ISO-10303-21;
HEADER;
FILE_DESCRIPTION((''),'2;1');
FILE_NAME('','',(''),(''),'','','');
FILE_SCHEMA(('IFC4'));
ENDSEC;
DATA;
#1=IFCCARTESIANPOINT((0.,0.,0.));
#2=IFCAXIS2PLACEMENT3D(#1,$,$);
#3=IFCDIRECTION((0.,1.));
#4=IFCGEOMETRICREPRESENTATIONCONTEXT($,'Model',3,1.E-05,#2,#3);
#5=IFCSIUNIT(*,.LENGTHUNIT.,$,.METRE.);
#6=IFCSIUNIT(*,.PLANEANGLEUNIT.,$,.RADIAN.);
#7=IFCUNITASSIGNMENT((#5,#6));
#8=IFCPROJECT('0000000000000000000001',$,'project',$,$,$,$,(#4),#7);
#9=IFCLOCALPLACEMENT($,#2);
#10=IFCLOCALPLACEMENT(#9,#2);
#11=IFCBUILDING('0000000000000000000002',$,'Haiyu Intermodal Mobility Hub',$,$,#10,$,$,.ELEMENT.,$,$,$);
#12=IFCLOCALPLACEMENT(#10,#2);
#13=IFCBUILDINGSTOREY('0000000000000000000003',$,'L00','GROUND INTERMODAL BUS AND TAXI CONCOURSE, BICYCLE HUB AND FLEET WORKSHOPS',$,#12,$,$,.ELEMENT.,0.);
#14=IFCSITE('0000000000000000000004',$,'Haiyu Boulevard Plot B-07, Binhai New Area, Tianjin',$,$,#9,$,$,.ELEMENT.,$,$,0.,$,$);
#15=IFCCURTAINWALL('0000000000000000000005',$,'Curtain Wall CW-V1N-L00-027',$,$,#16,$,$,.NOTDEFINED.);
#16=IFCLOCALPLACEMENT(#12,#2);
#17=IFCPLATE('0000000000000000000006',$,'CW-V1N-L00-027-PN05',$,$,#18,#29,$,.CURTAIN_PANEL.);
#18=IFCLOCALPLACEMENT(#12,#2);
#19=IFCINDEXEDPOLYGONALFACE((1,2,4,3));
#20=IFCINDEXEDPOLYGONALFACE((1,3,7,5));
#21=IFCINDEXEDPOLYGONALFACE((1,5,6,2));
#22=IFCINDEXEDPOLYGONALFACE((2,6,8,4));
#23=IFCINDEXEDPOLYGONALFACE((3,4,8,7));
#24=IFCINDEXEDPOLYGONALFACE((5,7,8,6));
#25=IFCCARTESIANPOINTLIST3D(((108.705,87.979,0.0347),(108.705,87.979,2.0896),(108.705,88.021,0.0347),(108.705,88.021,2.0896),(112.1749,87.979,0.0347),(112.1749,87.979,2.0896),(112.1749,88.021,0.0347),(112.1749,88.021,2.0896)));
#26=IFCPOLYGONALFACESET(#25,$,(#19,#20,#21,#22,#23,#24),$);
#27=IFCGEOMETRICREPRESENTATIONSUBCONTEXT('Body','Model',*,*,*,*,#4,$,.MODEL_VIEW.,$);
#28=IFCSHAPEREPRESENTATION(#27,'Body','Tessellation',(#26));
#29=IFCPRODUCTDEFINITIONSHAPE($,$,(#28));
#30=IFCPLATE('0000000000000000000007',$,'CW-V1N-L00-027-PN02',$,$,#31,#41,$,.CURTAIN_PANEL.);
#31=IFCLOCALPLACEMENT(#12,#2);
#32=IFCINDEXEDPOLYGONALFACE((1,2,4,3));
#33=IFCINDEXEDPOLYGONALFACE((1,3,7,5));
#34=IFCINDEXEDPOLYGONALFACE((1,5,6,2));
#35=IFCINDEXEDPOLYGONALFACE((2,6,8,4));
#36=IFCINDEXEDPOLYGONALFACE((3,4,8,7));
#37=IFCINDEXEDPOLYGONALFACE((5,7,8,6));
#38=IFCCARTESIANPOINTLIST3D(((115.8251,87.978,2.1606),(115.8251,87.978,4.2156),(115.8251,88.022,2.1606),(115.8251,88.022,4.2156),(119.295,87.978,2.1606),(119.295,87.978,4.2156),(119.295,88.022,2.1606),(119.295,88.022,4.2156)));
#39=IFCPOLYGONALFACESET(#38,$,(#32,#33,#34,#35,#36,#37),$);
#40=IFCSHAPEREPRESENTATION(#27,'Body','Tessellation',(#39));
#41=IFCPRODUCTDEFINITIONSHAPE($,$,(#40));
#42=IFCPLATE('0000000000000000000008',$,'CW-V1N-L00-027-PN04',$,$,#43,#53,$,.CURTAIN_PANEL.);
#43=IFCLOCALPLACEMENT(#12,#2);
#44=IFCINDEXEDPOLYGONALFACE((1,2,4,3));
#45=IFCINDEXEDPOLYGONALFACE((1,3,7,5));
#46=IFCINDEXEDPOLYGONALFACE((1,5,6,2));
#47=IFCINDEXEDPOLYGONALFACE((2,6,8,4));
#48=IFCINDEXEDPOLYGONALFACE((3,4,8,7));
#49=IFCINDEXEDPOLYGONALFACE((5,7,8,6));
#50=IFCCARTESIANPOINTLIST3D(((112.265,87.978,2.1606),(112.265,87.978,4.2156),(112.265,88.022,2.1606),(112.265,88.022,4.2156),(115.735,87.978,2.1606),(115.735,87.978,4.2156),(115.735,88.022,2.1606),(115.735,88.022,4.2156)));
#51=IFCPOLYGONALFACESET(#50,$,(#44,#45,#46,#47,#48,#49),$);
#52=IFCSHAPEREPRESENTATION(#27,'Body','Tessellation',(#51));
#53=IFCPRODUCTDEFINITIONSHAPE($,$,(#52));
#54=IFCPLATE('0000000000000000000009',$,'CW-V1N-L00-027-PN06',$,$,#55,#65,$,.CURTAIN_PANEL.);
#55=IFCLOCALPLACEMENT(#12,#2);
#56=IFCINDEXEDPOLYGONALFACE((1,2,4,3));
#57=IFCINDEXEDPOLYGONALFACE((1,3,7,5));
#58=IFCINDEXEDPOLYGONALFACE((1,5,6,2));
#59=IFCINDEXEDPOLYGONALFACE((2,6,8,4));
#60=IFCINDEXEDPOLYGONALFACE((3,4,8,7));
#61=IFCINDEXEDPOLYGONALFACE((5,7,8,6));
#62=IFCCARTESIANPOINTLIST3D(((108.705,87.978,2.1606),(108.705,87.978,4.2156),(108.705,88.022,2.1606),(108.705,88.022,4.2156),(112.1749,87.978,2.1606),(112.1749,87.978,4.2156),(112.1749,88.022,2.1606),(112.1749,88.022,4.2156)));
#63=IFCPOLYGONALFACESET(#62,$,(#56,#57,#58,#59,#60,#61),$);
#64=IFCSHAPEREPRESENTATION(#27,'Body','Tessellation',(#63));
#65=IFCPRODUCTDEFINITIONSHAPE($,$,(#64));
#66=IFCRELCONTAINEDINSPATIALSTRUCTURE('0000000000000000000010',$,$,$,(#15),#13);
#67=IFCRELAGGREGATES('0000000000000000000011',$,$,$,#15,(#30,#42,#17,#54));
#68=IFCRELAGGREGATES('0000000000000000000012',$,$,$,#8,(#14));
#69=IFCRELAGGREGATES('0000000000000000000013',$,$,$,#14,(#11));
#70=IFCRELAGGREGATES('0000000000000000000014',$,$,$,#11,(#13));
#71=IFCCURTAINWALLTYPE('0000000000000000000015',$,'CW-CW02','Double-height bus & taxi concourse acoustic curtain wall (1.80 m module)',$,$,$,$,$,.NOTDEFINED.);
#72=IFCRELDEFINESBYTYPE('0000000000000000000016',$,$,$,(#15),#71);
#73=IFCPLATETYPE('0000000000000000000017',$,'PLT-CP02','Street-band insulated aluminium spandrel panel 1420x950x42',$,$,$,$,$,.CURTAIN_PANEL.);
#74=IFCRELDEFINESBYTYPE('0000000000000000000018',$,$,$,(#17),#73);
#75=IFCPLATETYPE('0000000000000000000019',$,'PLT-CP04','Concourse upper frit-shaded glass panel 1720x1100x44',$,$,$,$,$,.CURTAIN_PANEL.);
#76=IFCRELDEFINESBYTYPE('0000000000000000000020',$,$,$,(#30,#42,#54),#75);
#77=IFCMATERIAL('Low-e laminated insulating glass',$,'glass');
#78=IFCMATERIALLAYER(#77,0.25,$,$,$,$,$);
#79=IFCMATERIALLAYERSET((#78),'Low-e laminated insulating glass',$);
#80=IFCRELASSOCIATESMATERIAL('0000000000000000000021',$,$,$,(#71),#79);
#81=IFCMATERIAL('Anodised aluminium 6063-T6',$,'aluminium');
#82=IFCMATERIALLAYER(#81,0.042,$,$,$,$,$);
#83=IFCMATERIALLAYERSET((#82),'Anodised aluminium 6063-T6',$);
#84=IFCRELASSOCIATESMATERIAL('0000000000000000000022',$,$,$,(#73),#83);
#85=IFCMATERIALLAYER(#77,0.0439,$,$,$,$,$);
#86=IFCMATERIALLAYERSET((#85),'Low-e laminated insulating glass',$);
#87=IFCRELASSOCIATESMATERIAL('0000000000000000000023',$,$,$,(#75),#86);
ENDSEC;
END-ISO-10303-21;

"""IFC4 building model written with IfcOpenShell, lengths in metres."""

from ifc_helpers import new_model, si_unit, direction, frame, origin, origin_2d, place, context, subcontext, project, spatial, rectangle, extrude, material, layer, layer_set, type_object, element, aggregate, save


model = new_model("IFC4")

# Units and contexts
model_context = context("Model", 3, precision=1e-05, world=origin(), true_north=direction((0.0, 1.0)))
body_context = subcontext(model_context, "Body", "Model", "MODEL_VIEW")
ifc_project = project(units=[si_unit("LENGTHUNIT", "METRE"), si_unit("PLANEANGLEUNIT", "RADIAN")], contexts=[model_context])

# Site, building, storey
site_placement = place(None, origin())
site = spatial("IfcSite", under=ifc_project, at=site_placement, Name="Haiyu Boulevard Plot B-07, Binhai New Area, Tianjin", CompositionType="ELEMENT", RefElevation=0.0)
building_placement = place(site_placement, origin())
building = spatial("IfcBuilding", under=site, at=building_placement, Name="Haiyu Intermodal Mobility Hub", CompositionType="ELEMENT")
storey_placement = place(building_placement, origin())
storey = spatial("IfcBuildingStorey", under=building, at=storey_placement, Name="L00", Description="GROUND INTERMODAL BUS AND TAXI CONCOURSE, BICYCLE HUB AND FLEET WORKSHOPS", CompositionType="ELEMENT", Elevation=0.0)

# Curtain wall, plates
ifc_material_1 = material(Name="Low-e laminated insulating glass", Category="glass")
ifc_layer_1 = layer(ifc_material_1, 0.25)
ifc_layer_set_1 = layer_set([ifc_layer_1], Name="Low-e laminated insulating glass")
curtain_wall_type = type_object("IfcCurtainWallType", Name="CW-CW02", Description="Double-height bus & taxi concourse acoustic curtain wall (1.80 m module)", PredefinedType="NOTDEFINED", material=ifc_layer_set_1)
curtain_wall_placement = place(storey_placement, origin())
curtain_wall = element("IfcCurtainWall", 1, at=curtain_wall_placement, inside=storey, type_object=curtain_wall_type, Name="Curtain Wall CW-V1N-L00-027", PredefinedType="NOTDEFINED")
ifc_material_2 = material(Name="Anodised aluminium 6063-T6", Category="aluminium")
ifc_layer_2 = layer(ifc_material_2, 0.042)
ifc_layer_set_2 = layer_set([ifc_layer_2], Name="Anodised aluminium 6063-T6")
plate_type_1 = type_object("IfcPlateType", Name="PLT-CP02", Description="Street-band insulated aluminium spandrel panel 1420x950x42", PredefinedType="CURTAIN_PANEL", material=ifc_layer_set_2)
plate_1_placement = place(storey_placement, frame((110.4399, 88.0, 0.0347), z_axis=(0.0, 0.0, 1.0), x_axis=(-1.0, 0.0, 0.0)))
plate_1 = element("IfcPlate", 2, at=plate_1_placement, type_object=plate_type_1, Name="CW-V1N-L00-027-PN05", PredefinedType="CURTAIN_PANEL", context=body_context, shape_type="SweptSolid", body=[
    extrude(rectangle(XDim=3.47, YDim=0.042, at=origin_2d()), origin(), (0.0, 0.0, 1.0), 2.0549),
])
ifc_layer_3 = layer(ifc_material_1, 0.0439)
ifc_layer_set_3 = layer_set([ifc_layer_3], Name="Low-e laminated insulating glass")
plate_type_2 = type_object("IfcPlateType", Name="PLT-CP04", Description="Concourse upper frit-shaded glass panel 1720x1100x44", PredefinedType="CURTAIN_PANEL", material=ifc_layer_set_3)
plate_2_placement = place(storey_placement, frame((117.5601, 88.0, 2.1606), z_axis=(0.0, 0.0, 1.0), x_axis=(-1.0, 0.0, 0.0)))
plate_2 = element("IfcPlate", 3, at=plate_2_placement, type_object=plate_type_2, Name="CW-V1N-L00-027-PN02", PredefinedType="CURTAIN_PANEL", context=body_context, shape_type="SweptSolid", body=[
    extrude(rectangle(XDim=3.47, YDim=0.0439, at=origin_2d()), origin(), (0.0, 0.0, 1.0), 2.0549),
])
plate_3_placement = place(storey_placement, frame((114.0, 88.0, 2.1606), z_axis=(0.0, 0.0, 1.0), x_axis=(-1.0, 0.0, 0.0)))
plate_3 = element("IfcPlate", 4, at=plate_3_placement, type_object=plate_type_2, Name="CW-V1N-L00-027-PN04", PredefinedType="CURTAIN_PANEL", context=body_context, shape_type="SweptSolid", body=[
    extrude(rectangle(XDim=3.47, YDim=0.0439, at=origin_2d()), origin(), (0.0, 0.0, 1.0), 2.0549),
])
plate_4_placement = place(storey_placement, frame((110.4399, 88.0, 2.1606), z_axis=(0.0, 0.0, 1.0), x_axis=(-1.0, 0.0, 0.0)))
plate_4 = element("IfcPlate", 5, at=plate_4_placement, type_object=plate_type_2, Name="CW-V1N-L00-027-PN06", PredefinedType="CURTAIN_PANEL", context=body_context, shape_type="SweptSolid", body=[
    extrude(rectangle(XDim=3.47, YDim=0.0439, at=origin_2d()), origin(), (0.0, 0.0, 1.0), 2.0549),
])
aggregate(curtain_wall, [plate_2, plate_3, plate_1, plate_4])

save(model, "model.ifc")
